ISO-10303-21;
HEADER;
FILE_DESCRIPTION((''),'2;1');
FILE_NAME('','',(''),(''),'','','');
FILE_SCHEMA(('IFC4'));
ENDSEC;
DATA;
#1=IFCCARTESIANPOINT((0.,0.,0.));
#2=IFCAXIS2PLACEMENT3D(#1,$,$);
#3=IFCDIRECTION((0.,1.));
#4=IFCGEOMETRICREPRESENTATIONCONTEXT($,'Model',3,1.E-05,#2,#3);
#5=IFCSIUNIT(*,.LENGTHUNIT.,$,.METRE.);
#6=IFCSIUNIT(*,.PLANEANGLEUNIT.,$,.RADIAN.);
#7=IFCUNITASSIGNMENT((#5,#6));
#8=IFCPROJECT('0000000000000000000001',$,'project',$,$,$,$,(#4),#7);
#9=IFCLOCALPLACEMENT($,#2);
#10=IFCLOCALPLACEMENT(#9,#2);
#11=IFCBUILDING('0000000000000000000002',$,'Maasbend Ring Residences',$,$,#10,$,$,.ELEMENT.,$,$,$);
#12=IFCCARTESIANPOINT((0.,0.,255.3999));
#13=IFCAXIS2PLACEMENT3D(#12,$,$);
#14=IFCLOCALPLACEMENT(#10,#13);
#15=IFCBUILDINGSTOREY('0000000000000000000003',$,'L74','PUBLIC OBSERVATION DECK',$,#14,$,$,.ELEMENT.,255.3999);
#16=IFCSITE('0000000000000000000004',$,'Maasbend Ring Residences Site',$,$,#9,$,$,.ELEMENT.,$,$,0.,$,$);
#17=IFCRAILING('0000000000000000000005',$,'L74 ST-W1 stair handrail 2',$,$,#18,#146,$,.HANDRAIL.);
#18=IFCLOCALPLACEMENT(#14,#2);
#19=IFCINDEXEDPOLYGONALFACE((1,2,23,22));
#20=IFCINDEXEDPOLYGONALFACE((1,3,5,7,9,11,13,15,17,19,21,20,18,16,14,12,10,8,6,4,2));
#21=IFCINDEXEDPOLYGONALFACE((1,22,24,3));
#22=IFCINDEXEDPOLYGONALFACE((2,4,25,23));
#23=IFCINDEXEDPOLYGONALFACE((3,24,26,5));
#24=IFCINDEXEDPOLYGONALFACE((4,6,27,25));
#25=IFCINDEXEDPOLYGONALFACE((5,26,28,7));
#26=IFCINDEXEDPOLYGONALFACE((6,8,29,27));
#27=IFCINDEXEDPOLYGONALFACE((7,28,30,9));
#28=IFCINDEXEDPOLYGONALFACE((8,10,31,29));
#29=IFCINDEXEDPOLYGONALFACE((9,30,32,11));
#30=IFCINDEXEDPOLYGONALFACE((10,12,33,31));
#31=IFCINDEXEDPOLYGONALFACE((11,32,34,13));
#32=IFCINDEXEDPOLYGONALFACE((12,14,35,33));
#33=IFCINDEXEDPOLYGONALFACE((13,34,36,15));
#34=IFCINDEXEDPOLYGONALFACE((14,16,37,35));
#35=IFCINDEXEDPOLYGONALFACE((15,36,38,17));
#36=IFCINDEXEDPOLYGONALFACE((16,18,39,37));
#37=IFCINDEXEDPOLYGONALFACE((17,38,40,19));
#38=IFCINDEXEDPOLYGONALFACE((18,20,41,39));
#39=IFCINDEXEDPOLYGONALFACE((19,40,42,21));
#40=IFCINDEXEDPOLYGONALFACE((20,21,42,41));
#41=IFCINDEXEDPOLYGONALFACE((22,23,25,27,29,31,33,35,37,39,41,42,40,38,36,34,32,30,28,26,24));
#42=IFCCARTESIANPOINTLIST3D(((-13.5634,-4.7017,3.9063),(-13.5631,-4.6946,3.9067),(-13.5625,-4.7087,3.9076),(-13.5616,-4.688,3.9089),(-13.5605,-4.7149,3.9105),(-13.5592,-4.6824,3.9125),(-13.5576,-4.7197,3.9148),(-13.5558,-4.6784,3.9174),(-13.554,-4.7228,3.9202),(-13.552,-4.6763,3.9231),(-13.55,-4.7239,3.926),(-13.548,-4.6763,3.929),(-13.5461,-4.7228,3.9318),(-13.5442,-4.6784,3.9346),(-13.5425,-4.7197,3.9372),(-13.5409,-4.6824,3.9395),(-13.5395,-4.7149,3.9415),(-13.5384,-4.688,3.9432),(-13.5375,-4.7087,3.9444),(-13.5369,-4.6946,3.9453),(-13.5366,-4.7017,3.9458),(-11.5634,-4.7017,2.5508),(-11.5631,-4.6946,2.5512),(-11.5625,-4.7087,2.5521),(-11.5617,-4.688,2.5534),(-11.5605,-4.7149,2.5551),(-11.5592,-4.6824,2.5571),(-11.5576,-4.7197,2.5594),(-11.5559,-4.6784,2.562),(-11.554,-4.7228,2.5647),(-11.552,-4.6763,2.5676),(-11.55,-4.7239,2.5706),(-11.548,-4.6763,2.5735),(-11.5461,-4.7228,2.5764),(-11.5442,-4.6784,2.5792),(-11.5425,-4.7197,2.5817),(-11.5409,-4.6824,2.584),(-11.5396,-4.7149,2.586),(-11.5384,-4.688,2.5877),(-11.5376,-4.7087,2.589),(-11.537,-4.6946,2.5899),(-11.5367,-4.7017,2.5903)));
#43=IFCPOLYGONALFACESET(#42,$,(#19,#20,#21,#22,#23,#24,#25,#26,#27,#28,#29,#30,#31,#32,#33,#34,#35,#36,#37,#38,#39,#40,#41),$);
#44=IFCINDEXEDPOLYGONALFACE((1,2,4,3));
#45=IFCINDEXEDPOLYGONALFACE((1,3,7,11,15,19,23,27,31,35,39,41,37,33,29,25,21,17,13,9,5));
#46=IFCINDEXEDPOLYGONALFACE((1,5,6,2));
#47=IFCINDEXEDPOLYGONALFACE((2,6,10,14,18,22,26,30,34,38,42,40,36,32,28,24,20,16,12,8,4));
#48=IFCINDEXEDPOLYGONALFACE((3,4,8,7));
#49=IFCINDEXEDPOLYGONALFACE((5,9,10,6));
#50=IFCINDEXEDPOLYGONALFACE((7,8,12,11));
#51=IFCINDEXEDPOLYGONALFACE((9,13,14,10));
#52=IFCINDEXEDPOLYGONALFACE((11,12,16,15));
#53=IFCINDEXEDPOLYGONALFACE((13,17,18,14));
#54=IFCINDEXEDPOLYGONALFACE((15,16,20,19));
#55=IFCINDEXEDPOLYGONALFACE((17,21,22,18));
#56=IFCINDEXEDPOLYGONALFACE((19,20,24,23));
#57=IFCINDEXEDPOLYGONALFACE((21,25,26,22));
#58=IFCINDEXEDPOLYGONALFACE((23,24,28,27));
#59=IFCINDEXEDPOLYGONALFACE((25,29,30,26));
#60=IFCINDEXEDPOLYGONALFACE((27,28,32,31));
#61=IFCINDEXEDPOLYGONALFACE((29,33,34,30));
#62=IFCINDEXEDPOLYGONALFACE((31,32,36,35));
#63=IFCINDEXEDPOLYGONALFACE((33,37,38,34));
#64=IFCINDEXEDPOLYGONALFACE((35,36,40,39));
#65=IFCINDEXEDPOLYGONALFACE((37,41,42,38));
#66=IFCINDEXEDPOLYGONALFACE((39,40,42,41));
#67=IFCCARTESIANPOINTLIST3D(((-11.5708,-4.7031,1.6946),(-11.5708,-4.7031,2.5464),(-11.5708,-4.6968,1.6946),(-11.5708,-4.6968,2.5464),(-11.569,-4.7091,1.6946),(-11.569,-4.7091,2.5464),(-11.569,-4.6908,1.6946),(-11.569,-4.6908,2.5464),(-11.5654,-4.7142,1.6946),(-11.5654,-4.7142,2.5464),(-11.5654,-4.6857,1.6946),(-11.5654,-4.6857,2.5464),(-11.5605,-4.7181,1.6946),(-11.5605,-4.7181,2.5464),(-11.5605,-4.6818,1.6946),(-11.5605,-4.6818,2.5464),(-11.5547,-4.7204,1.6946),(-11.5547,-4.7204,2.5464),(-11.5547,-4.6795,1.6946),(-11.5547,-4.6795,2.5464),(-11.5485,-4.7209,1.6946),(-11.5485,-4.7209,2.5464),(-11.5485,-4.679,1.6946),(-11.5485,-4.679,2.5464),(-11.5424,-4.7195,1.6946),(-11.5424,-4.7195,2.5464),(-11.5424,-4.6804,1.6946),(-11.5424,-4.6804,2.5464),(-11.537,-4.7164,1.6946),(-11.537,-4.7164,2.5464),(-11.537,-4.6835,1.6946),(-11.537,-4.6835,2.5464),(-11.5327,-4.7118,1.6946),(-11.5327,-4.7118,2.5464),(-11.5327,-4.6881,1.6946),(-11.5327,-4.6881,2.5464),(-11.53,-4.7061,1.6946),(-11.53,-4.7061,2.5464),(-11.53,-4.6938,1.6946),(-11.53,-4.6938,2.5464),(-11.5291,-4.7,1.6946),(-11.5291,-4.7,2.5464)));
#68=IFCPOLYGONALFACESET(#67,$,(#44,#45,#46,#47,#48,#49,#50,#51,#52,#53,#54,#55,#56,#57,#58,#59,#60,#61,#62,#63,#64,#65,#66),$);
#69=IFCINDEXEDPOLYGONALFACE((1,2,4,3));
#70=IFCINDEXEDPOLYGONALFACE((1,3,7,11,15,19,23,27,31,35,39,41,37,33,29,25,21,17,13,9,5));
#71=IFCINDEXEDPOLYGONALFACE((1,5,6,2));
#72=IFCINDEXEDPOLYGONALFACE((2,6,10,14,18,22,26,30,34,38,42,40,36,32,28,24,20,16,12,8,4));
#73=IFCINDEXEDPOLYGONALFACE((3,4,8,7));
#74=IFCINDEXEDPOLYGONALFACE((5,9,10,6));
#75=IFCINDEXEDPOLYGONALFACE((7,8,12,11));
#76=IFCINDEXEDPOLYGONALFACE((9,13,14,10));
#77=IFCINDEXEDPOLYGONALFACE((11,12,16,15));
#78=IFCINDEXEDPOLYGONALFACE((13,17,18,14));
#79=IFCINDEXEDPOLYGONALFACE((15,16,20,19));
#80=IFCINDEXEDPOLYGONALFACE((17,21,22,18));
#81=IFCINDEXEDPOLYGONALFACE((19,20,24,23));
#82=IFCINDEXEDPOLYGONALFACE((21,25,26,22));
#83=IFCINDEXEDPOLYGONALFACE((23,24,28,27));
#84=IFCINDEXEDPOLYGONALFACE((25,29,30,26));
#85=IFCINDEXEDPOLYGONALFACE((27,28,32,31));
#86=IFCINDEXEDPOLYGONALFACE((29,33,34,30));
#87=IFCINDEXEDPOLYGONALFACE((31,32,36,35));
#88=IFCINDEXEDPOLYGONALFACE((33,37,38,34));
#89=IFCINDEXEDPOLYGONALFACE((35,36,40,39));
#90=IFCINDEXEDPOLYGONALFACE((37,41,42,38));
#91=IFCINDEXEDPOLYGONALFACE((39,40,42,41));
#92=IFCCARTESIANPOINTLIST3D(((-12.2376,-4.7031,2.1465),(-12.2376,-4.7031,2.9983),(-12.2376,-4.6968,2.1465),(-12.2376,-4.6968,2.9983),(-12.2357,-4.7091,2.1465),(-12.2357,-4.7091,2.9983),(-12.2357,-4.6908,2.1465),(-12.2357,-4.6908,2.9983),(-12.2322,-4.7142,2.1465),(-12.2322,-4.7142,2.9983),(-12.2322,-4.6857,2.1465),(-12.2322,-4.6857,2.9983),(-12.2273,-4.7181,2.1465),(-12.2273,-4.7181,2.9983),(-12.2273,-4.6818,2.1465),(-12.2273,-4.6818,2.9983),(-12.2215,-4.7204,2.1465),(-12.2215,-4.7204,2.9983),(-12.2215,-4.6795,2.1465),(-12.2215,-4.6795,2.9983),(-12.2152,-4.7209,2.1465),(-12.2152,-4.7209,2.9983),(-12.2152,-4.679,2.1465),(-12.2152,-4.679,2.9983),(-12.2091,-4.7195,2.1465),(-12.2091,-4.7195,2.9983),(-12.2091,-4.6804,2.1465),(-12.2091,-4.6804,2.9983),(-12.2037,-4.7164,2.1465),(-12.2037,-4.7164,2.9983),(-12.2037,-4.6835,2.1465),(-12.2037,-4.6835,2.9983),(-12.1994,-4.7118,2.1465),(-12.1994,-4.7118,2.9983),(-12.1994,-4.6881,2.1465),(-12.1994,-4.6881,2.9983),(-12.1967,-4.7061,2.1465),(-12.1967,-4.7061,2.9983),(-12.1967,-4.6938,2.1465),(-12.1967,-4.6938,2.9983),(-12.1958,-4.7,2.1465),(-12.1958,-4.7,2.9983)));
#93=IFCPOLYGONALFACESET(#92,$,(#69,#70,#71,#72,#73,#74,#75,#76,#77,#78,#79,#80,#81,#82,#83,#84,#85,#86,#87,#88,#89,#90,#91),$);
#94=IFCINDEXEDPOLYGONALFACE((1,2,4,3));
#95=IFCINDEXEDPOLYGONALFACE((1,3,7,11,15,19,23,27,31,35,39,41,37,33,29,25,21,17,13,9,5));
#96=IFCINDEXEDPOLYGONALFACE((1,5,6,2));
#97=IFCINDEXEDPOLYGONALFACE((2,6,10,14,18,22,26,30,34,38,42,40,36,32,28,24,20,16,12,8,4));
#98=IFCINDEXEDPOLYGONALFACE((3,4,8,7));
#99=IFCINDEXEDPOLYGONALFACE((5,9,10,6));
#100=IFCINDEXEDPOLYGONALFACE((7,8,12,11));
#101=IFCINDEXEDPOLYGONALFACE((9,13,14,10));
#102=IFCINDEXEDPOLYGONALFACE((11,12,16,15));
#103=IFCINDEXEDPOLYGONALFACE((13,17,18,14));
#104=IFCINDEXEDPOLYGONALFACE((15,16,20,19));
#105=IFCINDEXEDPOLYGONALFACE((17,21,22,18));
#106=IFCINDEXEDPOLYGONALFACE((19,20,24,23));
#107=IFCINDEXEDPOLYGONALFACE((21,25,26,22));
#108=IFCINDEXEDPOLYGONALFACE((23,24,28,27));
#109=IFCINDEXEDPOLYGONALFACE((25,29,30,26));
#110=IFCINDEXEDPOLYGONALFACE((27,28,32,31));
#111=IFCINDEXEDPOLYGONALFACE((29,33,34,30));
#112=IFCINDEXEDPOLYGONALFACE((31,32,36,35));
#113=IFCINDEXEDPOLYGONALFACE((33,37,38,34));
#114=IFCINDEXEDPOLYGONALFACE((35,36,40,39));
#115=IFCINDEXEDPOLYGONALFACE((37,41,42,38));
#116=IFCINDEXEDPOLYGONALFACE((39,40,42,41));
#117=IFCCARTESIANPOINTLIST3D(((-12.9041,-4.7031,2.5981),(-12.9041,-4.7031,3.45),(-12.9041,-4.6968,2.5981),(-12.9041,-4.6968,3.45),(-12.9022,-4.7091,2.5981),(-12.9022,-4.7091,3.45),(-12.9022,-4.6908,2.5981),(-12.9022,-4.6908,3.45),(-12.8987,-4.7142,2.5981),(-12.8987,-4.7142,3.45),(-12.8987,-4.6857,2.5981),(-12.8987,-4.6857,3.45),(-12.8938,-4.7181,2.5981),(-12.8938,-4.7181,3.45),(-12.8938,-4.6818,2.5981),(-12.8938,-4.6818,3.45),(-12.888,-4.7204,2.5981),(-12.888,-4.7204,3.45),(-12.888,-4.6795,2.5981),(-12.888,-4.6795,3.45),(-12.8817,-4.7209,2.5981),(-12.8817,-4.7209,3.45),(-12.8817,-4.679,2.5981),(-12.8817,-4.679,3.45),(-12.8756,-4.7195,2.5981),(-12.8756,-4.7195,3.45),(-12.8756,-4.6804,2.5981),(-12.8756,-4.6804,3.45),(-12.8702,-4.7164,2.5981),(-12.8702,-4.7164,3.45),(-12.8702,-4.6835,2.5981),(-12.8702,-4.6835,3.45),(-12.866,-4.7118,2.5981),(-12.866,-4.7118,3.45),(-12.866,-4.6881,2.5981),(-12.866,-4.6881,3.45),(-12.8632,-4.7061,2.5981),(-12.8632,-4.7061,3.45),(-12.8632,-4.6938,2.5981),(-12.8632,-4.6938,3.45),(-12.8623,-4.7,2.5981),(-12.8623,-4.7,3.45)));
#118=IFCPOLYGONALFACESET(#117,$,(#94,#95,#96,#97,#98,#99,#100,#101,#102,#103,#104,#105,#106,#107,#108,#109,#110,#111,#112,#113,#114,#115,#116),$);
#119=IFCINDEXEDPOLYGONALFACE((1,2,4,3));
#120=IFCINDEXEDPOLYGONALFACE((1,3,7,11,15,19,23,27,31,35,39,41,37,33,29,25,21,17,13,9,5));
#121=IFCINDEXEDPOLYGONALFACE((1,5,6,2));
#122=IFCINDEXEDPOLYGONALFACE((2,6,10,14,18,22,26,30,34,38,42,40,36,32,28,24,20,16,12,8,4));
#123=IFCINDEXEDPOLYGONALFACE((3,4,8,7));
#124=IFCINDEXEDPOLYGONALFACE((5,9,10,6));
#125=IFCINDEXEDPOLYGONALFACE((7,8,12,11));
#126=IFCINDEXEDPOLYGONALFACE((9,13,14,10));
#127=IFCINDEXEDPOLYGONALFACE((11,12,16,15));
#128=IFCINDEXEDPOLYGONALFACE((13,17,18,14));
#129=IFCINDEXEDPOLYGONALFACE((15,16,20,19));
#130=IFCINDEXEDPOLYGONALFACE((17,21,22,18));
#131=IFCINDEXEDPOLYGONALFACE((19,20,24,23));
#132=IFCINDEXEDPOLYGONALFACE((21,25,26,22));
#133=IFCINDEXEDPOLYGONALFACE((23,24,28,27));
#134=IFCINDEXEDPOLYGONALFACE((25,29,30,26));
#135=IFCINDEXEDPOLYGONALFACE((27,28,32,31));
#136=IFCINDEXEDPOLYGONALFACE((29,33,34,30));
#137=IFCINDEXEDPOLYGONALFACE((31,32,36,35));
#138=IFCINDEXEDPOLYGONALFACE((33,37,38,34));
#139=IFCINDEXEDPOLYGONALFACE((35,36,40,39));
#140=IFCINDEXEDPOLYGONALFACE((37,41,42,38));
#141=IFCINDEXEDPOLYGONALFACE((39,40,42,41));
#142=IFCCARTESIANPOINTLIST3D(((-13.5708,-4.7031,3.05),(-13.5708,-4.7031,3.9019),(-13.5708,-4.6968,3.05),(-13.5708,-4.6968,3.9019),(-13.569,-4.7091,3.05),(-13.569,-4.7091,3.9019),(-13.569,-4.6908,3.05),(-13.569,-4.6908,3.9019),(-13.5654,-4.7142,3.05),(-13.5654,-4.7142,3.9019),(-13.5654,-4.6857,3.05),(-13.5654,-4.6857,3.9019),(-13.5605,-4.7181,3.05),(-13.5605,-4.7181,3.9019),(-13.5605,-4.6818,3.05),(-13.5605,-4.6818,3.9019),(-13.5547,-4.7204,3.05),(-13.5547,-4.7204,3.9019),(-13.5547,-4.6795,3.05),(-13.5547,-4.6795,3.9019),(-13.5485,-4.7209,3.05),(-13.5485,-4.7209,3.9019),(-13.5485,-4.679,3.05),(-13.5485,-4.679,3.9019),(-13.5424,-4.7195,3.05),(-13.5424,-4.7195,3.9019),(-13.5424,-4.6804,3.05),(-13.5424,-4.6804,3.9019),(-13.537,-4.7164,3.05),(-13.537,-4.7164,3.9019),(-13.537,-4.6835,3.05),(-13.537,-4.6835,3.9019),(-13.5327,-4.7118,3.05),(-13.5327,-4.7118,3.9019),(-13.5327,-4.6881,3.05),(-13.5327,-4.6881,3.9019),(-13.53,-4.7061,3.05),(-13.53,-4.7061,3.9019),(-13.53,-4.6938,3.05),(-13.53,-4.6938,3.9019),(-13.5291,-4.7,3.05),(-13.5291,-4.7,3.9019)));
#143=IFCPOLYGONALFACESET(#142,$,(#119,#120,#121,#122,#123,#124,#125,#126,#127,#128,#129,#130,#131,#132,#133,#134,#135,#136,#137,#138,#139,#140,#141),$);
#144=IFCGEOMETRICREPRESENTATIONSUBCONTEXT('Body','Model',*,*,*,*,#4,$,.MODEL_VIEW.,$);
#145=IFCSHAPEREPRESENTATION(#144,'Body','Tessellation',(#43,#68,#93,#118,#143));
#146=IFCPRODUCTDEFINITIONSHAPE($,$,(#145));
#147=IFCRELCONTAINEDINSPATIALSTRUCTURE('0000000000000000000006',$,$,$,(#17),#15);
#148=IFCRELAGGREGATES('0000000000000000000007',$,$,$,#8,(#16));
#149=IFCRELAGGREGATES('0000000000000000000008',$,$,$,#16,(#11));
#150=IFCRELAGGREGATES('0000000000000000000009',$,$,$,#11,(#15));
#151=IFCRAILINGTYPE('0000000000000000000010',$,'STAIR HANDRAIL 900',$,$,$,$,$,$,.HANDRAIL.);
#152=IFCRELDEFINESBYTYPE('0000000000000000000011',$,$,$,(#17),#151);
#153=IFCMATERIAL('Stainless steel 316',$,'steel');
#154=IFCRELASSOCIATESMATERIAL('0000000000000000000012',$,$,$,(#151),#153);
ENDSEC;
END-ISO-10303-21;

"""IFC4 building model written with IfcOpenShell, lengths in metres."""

from ifc_helpers import new_model, si_unit, direction, frame, origin, origin_2d, place, context, subcontext, project, spatial, circle, extrude, material, type_object, element, save


model = new_model("IFC4")

# Units and contexts
model_context = context("Model", 3, precision=1e-05, world=origin(), true_north=direction((0.0, 1.0)))
body_context = subcontext(model_context, "Body", "Model", "MODEL_VIEW")
ifc_project = project(units=[si_unit("LENGTHUNIT", "METRE"), si_unit("PLANEANGLEUNIT", "RADIAN")], contexts=[model_context])

# Site, building, storey
site_placement = place(None, origin())
site = spatial("IfcSite", under=ifc_project, at=site_placement, Name="Maasbend Ring Residences Site", CompositionType="ELEMENT", RefElevation=0.0)
building_placement = place(site_placement, origin())
building = spatial("IfcBuilding", under=site, at=building_placement, Name="Maasbend Ring Residences", CompositionType="ELEMENT")
storey_placement = place(building_placement, frame((0.0, 0.0, 255.3999)))
storey = spatial("IfcBuildingStorey", under=building, at=storey_placement, Name="L74", Description="PUBLIC OBSERVATION DECK", CompositionType="ELEMENT", Elevation=255.3999)

# Railing
ifc_material_1 = material(Name="Stainless steel 316", Category="steel")
railing_type_1 = type_object("IfcRailingType", Name="STAIR HANDRAIL 900", PredefinedType="HANDRAIL", material=ifc_material_1)
for number, where, name in (
    (1, (-11.55, -4.7, 1.6946), "L74 ST-W1 stair handrail 2"),
):
    element("IfcRailing", number, at=place(storey_placement, frame(where)), inside=storey, type_object=railing_type_1, Name=name, PredefinedType="HANDRAIL", context=body_context, shape_type="SweptSolid", body=[
        extrude(circle(Radius=0.0239, at=origin_2d()), frame((0.0, 0.0, 0.876), z_axis=(-0.827798, 0.0, 0.561027), x_axis=(0.0, -1.0, 0.0)), (0.0, 0.0, 1.0), 2.416),
        extrude(circle(Radius=0.021, at=origin_2d()), origin(), (0.0, 0.0, 1.0), 0.8518),
        extrude(circle(Radius=0.021, at=origin_2d()), frame((-0.6667, 0.0, 0.4519)), (0.0, 0.0, 1.0), 0.8518),
        extrude(circle(Radius=0.021, at=origin_2d()), frame((-1.3333, 0.0, 0.9036)), (0.0, 0.0, 1.0), 0.8518),
        extrude(circle(Radius=0.021, at=origin_2d()), frame((-2.0, 0.0, 1.3555)), (0.0, 0.0, 1.0), 0.8518),
    ])

save(model, "model.ifc")
